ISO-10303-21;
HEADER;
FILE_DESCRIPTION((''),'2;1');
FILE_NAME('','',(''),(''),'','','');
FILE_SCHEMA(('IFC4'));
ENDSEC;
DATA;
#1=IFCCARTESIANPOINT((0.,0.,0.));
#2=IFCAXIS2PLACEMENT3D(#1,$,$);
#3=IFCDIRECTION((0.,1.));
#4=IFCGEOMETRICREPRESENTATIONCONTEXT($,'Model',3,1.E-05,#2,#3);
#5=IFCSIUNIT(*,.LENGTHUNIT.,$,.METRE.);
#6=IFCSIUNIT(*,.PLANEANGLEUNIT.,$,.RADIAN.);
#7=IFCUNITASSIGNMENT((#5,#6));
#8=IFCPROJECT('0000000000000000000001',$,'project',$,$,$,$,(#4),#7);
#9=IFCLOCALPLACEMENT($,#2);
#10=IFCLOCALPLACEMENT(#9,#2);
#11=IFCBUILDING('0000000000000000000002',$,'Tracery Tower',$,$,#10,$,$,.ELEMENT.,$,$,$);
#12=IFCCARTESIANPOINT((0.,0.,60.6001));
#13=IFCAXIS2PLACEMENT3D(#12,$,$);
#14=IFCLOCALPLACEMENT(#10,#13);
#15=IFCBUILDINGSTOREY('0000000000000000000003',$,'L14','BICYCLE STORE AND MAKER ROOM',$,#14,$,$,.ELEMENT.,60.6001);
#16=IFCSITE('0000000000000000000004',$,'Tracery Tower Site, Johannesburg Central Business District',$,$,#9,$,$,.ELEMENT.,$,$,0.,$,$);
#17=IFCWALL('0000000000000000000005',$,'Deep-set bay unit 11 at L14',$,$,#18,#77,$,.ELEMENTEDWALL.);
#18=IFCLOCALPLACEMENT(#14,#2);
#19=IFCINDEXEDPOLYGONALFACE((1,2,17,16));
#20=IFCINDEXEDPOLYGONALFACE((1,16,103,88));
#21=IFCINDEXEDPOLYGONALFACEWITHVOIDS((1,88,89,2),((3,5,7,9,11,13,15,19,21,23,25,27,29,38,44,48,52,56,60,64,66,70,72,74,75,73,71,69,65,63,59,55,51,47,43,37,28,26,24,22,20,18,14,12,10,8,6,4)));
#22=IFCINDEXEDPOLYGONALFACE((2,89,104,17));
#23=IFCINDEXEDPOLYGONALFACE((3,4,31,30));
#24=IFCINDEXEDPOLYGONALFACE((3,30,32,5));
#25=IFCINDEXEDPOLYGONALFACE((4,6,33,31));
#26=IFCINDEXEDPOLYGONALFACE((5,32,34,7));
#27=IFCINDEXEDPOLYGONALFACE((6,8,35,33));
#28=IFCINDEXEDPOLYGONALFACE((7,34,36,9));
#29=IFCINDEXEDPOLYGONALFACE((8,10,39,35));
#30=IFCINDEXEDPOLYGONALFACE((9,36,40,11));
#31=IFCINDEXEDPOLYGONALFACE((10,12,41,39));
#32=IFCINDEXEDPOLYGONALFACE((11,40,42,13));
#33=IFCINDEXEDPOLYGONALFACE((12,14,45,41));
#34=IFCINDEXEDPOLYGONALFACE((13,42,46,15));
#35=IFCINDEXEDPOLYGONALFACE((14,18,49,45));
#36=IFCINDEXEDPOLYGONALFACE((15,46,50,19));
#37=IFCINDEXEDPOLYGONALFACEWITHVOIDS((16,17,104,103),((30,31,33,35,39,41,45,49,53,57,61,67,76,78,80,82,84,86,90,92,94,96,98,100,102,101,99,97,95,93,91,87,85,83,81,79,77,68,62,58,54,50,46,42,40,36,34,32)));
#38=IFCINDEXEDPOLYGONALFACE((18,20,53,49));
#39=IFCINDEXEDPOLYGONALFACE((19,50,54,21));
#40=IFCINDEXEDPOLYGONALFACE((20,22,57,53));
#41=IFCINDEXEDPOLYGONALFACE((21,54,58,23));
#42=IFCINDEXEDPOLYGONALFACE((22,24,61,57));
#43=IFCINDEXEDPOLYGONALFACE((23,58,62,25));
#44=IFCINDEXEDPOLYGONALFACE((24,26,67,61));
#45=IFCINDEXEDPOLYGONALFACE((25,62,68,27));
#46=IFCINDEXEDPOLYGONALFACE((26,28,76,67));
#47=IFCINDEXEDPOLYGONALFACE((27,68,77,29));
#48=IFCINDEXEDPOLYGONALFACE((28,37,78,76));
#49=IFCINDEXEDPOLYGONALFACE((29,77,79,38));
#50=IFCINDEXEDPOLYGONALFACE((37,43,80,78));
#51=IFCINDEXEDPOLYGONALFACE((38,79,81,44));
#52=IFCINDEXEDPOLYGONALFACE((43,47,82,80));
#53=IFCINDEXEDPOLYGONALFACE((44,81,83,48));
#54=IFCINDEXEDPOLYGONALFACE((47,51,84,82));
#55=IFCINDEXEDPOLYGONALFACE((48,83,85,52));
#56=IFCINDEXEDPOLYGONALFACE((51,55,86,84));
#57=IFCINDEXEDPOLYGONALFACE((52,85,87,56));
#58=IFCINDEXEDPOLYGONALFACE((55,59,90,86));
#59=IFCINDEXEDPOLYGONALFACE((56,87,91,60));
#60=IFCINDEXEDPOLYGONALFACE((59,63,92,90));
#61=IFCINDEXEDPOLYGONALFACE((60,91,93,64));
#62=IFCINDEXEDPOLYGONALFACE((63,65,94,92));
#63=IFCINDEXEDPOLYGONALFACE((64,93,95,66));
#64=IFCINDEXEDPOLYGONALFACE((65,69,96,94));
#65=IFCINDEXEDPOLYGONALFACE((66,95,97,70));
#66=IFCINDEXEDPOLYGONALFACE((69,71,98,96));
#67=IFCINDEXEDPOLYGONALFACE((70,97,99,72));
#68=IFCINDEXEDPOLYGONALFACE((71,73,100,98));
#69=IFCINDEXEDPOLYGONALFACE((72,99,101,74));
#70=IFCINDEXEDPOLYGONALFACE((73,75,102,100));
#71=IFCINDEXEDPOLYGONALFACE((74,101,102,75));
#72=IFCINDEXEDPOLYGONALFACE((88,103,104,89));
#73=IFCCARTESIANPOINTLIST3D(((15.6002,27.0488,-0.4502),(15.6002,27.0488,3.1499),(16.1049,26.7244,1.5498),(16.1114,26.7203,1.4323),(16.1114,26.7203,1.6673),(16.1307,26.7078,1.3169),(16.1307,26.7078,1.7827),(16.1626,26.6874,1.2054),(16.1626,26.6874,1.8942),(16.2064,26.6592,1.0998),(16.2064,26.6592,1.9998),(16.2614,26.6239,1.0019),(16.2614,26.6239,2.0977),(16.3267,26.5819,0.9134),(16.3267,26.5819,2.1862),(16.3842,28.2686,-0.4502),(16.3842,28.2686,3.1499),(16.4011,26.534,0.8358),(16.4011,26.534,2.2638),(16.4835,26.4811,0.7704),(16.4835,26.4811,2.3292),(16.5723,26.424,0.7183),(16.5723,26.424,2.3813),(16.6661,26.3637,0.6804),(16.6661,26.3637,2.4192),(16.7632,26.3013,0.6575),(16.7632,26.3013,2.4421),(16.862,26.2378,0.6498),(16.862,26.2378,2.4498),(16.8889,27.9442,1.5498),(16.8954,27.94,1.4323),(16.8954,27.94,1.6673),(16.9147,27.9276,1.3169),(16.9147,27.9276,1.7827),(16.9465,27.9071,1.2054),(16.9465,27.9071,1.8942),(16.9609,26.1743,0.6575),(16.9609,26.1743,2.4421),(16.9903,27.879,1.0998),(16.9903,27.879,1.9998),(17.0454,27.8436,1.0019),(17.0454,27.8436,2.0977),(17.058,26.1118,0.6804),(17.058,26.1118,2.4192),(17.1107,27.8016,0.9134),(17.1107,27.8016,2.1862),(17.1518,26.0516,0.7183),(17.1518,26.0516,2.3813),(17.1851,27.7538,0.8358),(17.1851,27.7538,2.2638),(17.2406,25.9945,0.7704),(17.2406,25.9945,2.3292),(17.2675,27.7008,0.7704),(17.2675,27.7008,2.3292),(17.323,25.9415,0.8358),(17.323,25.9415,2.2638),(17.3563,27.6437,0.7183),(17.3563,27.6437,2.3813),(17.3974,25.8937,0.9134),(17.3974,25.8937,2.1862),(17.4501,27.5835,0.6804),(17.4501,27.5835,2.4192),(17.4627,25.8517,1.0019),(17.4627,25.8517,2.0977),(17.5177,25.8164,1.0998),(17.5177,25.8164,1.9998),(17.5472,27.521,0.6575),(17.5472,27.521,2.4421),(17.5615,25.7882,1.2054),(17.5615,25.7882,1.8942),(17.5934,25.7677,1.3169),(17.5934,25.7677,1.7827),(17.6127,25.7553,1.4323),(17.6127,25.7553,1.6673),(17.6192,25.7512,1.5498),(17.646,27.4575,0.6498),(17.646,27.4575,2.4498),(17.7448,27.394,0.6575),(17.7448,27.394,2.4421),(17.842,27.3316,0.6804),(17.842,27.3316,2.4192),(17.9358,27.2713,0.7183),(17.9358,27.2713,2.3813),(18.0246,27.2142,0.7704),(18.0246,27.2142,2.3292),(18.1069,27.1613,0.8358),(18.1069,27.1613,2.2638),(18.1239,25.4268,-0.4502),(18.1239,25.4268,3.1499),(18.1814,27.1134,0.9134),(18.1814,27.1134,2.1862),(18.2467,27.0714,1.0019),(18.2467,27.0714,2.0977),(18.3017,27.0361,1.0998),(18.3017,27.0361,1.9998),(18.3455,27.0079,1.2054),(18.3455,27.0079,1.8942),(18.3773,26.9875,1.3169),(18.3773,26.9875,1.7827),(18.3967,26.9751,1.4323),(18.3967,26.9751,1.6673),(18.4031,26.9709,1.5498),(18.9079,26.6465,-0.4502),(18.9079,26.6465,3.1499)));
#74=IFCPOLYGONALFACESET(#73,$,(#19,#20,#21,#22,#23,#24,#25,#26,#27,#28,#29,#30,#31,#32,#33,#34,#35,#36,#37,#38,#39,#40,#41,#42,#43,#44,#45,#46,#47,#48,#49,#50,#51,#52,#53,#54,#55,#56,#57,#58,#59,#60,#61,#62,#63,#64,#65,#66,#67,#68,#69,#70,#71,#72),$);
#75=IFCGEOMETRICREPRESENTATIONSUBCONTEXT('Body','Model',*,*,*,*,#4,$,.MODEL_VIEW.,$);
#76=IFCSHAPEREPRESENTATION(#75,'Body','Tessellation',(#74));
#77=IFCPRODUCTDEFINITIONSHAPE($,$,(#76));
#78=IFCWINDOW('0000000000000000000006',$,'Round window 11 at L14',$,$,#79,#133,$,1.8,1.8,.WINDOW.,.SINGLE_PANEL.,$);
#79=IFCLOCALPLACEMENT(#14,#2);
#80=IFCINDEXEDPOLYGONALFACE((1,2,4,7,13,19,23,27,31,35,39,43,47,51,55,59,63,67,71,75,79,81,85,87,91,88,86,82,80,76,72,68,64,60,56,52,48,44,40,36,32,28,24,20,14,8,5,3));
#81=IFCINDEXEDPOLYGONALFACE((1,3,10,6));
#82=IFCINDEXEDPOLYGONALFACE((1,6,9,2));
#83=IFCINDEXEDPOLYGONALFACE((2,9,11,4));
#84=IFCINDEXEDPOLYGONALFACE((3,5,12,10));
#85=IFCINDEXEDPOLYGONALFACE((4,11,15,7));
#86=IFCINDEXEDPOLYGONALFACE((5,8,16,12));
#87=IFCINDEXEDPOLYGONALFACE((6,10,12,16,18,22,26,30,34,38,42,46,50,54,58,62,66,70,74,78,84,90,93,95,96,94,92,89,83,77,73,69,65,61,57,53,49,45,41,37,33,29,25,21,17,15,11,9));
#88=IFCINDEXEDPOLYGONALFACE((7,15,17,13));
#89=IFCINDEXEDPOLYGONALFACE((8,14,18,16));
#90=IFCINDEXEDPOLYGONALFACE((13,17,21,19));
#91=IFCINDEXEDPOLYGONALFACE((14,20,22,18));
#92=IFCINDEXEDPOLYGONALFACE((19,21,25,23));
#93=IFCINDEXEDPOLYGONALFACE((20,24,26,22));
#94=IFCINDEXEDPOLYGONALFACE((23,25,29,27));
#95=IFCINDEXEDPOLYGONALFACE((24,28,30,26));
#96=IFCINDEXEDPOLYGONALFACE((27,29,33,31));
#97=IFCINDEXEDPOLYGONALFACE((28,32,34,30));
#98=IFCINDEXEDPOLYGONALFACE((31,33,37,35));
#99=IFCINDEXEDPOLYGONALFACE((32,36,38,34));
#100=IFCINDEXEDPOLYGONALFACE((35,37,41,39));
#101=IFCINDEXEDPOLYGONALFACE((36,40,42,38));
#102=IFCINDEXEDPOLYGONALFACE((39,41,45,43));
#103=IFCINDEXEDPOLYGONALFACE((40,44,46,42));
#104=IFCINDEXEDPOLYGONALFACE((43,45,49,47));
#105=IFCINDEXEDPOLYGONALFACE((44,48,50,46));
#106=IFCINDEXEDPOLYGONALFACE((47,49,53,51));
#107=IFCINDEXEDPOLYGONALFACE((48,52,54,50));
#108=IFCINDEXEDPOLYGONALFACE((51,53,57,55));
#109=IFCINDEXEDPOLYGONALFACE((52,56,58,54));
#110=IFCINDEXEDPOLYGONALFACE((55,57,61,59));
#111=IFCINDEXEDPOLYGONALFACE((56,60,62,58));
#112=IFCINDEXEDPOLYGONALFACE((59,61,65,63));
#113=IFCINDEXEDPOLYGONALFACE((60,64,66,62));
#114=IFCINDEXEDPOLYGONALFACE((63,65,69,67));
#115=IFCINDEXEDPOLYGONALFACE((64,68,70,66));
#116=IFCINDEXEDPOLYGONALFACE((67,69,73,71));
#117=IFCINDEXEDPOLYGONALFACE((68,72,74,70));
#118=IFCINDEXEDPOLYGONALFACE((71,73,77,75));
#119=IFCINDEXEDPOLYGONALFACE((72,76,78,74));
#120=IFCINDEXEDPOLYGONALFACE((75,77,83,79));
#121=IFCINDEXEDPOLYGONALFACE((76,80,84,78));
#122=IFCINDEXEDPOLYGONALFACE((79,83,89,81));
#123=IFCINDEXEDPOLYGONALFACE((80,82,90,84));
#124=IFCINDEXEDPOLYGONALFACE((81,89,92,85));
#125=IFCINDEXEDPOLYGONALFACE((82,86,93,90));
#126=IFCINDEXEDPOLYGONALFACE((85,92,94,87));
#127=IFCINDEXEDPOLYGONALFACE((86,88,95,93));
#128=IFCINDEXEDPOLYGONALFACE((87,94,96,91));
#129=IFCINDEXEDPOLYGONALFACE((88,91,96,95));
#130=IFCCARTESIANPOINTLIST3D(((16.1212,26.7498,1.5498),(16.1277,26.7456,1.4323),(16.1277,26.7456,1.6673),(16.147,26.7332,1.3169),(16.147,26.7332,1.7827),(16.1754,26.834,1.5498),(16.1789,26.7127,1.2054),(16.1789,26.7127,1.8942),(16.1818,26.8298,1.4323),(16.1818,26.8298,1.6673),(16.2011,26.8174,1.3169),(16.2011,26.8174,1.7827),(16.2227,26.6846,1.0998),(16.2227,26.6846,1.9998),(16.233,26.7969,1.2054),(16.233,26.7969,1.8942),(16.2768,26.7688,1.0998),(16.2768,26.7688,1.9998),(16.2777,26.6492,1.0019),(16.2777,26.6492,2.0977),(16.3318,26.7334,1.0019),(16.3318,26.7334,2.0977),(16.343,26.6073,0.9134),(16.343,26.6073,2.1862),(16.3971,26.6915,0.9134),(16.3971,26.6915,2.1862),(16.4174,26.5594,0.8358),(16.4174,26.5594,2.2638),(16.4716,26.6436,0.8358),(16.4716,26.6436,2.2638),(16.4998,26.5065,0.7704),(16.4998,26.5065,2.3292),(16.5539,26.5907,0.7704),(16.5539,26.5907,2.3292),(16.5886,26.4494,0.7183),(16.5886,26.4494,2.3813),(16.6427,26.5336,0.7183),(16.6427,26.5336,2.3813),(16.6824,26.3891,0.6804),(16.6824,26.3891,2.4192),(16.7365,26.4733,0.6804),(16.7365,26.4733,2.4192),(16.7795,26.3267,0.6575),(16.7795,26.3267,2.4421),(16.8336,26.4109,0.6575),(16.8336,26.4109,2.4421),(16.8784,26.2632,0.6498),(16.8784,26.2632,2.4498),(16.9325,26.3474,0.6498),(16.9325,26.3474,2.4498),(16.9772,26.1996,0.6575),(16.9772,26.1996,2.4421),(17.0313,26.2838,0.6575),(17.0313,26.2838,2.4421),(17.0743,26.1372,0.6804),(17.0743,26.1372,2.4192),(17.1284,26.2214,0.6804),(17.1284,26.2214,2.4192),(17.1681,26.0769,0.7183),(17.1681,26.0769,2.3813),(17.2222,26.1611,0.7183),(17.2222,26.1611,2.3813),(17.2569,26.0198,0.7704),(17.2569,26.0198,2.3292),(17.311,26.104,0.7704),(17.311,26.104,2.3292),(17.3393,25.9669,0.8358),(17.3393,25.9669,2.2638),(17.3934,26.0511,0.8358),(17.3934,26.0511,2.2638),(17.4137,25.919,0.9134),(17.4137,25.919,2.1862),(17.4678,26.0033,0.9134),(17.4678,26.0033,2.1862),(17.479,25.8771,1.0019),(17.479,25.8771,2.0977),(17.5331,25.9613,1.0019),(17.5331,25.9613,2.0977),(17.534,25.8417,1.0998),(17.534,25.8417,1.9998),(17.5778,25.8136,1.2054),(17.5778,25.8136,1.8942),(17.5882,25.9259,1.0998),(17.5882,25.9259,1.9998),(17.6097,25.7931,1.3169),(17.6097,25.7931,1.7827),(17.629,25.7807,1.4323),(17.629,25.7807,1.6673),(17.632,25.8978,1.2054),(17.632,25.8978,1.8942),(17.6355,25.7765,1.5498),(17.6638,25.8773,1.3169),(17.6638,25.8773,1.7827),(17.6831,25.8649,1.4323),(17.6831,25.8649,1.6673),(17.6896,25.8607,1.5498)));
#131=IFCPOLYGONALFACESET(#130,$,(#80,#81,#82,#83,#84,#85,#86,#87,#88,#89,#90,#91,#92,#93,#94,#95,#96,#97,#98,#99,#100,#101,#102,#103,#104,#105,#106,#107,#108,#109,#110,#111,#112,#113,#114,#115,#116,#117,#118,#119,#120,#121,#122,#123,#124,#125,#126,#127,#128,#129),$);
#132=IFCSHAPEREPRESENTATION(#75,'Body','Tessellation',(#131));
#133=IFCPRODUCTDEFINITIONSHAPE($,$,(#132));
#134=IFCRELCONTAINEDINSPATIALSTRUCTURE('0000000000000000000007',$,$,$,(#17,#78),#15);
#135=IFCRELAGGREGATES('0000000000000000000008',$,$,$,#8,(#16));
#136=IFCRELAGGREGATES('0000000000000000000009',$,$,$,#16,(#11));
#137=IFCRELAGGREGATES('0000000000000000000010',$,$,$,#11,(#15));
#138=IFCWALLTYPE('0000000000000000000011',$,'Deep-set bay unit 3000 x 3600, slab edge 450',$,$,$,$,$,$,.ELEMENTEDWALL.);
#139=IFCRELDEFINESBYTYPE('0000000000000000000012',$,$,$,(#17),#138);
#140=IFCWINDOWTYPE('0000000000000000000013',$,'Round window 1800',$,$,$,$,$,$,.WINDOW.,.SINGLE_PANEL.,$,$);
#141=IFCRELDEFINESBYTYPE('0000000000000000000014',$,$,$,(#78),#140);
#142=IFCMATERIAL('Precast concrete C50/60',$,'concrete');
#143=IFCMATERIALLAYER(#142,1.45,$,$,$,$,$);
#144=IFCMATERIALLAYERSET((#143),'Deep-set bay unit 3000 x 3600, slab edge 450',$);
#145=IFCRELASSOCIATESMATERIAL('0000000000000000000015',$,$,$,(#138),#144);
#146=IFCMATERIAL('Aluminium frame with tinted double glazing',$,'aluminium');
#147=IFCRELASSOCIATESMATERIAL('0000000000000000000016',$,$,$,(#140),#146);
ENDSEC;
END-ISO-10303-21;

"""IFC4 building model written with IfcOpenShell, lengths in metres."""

from ifc_helpers import new_model, si_unit, direction, frame, frame_2d, origin, origin_2d, place, context, subcontext, project, spatial, rectangle, circle, extrude, material, layer, layer_set, type_object, element, fill, save


model = new_model("IFC4")

# Units and contexts
model_context = context("Model", 3, precision=1e-05, world=origin(), true_north=direction((0.0, 1.0)))
body_context = subcontext(model_context, "Body", "Model", "MODEL_VIEW")
ifc_project = project(units=[si_unit("LENGTHUNIT", "METRE"), si_unit("PLANEANGLEUNIT", "RADIAN")], contexts=[model_context])

# Site, building, storey
site_placement = place(None, origin())
site = spatial("IfcSite", under=ifc_project, at=site_placement, Name="Tracery Tower Site, Johannesburg Central Business District", CompositionType="ELEMENT", RefElevation=0.0)
building_placement = place(site_placement, origin())
building = spatial("IfcBuilding", under=site, at=building_placement, Name="Tracery Tower", CompositionType="ELEMENT")
storey_placement = place(building_placement, frame((0.0, 0.0, 60.6001)))
storey = spatial("IfcBuildingStorey", under=building, at=storey_placement, Name="L14", Description="BICYCLE STORE AND MAKER ROOM", CompositionType="ELEMENT", Elevation=60.6001)

# Wall, opening, window
ifc_material_1 = material(Name="Precast concrete C50/60", Category="concrete")
ifc_layer_1 = layer(ifc_material_1, 1.45)
ifc_layer_set_1 = layer_set([ifc_layer_1], Name="Deep-set bay unit 3000 x 3600, slab edge 450")
wall_type_1 = type_object("IfcWallType", Name="Deep-set bay unit 3000 x 3600, slab edge 450", PredefinedType="ELEMENTEDWALL", material=ifc_layer_set_1)
ifc_material_2 = material(Name="Aluminium frame with tinted double glazing", Category="aluminium")
window_type = type_object("IfcWindowType", Name="Round window 1800", PartitioningType="SINGLE_PANEL", PredefinedType="WINDOW", material=ifc_material_2)
wall_1_placement = place(storey_placement, frame((18.5159, 26.0366, -0.4502), z_axis=(0.0, 0.0, 1.0), x_axis=(-0.841223, 0.540688, 0.0)))
wall_1 = element("IfcWall", 1, at=wall_1_placement, inside=storey, type_object=wall_type_1, Name="Deep-set bay unit 11 at L14", PredefinedType="ELEMENTEDWALL", context=body_context, shape_type="SweptSolid", body=[
    extrude(rectangle(XDim=3.0, YDim=1.45, at=frame_2d((1.5, 0.0))), origin(), (0.0, 0.0, 1.0), 3.6001),
])
opening_1_placement = place(wall_1_placement, frame((1.5, 0.0, 2.0)))
opening_1 = element("IfcOpeningElement", 2, at=opening_1_placement, cuts=wall_1, PredefinedType="OPENING", context=body_context, shape_type="SweptSolid", body=[
    extrude(circle(Radius=0.9, at=origin_2d()), frame((0.0, 0.7349, 0.0), z_axis=(0.0, -1.0, 0.0), x_axis=(1.0, 0.0, 0.0)), (0.0, 0.0, 1.0), 1.47),
])
window_1_placement = place(opening_1_placement, origin())
window_1 = element("IfcWindow", 3, at=window_1_placement, inside=storey, type_object=window_type, Name="Round window 11 at L14", OverallHeight=1.8, OverallWidth=1.8, PartitioningType="SINGLE_PANEL", PredefinedType="WINDOW", context=body_context, shape_type="SweptSolid", body=[
    extrude(circle(Radius=0.9, at=origin_2d()), frame((0.0, 0.6948, 0.0), z_axis=(0.0, -1.0, 0.0), x_axis=(1.0, 0.0, 0.0)), (0.0, 0.0, 1.0), 0.1001),
])
fill(opening_1, window_1)

save(model, "model.ifc")
